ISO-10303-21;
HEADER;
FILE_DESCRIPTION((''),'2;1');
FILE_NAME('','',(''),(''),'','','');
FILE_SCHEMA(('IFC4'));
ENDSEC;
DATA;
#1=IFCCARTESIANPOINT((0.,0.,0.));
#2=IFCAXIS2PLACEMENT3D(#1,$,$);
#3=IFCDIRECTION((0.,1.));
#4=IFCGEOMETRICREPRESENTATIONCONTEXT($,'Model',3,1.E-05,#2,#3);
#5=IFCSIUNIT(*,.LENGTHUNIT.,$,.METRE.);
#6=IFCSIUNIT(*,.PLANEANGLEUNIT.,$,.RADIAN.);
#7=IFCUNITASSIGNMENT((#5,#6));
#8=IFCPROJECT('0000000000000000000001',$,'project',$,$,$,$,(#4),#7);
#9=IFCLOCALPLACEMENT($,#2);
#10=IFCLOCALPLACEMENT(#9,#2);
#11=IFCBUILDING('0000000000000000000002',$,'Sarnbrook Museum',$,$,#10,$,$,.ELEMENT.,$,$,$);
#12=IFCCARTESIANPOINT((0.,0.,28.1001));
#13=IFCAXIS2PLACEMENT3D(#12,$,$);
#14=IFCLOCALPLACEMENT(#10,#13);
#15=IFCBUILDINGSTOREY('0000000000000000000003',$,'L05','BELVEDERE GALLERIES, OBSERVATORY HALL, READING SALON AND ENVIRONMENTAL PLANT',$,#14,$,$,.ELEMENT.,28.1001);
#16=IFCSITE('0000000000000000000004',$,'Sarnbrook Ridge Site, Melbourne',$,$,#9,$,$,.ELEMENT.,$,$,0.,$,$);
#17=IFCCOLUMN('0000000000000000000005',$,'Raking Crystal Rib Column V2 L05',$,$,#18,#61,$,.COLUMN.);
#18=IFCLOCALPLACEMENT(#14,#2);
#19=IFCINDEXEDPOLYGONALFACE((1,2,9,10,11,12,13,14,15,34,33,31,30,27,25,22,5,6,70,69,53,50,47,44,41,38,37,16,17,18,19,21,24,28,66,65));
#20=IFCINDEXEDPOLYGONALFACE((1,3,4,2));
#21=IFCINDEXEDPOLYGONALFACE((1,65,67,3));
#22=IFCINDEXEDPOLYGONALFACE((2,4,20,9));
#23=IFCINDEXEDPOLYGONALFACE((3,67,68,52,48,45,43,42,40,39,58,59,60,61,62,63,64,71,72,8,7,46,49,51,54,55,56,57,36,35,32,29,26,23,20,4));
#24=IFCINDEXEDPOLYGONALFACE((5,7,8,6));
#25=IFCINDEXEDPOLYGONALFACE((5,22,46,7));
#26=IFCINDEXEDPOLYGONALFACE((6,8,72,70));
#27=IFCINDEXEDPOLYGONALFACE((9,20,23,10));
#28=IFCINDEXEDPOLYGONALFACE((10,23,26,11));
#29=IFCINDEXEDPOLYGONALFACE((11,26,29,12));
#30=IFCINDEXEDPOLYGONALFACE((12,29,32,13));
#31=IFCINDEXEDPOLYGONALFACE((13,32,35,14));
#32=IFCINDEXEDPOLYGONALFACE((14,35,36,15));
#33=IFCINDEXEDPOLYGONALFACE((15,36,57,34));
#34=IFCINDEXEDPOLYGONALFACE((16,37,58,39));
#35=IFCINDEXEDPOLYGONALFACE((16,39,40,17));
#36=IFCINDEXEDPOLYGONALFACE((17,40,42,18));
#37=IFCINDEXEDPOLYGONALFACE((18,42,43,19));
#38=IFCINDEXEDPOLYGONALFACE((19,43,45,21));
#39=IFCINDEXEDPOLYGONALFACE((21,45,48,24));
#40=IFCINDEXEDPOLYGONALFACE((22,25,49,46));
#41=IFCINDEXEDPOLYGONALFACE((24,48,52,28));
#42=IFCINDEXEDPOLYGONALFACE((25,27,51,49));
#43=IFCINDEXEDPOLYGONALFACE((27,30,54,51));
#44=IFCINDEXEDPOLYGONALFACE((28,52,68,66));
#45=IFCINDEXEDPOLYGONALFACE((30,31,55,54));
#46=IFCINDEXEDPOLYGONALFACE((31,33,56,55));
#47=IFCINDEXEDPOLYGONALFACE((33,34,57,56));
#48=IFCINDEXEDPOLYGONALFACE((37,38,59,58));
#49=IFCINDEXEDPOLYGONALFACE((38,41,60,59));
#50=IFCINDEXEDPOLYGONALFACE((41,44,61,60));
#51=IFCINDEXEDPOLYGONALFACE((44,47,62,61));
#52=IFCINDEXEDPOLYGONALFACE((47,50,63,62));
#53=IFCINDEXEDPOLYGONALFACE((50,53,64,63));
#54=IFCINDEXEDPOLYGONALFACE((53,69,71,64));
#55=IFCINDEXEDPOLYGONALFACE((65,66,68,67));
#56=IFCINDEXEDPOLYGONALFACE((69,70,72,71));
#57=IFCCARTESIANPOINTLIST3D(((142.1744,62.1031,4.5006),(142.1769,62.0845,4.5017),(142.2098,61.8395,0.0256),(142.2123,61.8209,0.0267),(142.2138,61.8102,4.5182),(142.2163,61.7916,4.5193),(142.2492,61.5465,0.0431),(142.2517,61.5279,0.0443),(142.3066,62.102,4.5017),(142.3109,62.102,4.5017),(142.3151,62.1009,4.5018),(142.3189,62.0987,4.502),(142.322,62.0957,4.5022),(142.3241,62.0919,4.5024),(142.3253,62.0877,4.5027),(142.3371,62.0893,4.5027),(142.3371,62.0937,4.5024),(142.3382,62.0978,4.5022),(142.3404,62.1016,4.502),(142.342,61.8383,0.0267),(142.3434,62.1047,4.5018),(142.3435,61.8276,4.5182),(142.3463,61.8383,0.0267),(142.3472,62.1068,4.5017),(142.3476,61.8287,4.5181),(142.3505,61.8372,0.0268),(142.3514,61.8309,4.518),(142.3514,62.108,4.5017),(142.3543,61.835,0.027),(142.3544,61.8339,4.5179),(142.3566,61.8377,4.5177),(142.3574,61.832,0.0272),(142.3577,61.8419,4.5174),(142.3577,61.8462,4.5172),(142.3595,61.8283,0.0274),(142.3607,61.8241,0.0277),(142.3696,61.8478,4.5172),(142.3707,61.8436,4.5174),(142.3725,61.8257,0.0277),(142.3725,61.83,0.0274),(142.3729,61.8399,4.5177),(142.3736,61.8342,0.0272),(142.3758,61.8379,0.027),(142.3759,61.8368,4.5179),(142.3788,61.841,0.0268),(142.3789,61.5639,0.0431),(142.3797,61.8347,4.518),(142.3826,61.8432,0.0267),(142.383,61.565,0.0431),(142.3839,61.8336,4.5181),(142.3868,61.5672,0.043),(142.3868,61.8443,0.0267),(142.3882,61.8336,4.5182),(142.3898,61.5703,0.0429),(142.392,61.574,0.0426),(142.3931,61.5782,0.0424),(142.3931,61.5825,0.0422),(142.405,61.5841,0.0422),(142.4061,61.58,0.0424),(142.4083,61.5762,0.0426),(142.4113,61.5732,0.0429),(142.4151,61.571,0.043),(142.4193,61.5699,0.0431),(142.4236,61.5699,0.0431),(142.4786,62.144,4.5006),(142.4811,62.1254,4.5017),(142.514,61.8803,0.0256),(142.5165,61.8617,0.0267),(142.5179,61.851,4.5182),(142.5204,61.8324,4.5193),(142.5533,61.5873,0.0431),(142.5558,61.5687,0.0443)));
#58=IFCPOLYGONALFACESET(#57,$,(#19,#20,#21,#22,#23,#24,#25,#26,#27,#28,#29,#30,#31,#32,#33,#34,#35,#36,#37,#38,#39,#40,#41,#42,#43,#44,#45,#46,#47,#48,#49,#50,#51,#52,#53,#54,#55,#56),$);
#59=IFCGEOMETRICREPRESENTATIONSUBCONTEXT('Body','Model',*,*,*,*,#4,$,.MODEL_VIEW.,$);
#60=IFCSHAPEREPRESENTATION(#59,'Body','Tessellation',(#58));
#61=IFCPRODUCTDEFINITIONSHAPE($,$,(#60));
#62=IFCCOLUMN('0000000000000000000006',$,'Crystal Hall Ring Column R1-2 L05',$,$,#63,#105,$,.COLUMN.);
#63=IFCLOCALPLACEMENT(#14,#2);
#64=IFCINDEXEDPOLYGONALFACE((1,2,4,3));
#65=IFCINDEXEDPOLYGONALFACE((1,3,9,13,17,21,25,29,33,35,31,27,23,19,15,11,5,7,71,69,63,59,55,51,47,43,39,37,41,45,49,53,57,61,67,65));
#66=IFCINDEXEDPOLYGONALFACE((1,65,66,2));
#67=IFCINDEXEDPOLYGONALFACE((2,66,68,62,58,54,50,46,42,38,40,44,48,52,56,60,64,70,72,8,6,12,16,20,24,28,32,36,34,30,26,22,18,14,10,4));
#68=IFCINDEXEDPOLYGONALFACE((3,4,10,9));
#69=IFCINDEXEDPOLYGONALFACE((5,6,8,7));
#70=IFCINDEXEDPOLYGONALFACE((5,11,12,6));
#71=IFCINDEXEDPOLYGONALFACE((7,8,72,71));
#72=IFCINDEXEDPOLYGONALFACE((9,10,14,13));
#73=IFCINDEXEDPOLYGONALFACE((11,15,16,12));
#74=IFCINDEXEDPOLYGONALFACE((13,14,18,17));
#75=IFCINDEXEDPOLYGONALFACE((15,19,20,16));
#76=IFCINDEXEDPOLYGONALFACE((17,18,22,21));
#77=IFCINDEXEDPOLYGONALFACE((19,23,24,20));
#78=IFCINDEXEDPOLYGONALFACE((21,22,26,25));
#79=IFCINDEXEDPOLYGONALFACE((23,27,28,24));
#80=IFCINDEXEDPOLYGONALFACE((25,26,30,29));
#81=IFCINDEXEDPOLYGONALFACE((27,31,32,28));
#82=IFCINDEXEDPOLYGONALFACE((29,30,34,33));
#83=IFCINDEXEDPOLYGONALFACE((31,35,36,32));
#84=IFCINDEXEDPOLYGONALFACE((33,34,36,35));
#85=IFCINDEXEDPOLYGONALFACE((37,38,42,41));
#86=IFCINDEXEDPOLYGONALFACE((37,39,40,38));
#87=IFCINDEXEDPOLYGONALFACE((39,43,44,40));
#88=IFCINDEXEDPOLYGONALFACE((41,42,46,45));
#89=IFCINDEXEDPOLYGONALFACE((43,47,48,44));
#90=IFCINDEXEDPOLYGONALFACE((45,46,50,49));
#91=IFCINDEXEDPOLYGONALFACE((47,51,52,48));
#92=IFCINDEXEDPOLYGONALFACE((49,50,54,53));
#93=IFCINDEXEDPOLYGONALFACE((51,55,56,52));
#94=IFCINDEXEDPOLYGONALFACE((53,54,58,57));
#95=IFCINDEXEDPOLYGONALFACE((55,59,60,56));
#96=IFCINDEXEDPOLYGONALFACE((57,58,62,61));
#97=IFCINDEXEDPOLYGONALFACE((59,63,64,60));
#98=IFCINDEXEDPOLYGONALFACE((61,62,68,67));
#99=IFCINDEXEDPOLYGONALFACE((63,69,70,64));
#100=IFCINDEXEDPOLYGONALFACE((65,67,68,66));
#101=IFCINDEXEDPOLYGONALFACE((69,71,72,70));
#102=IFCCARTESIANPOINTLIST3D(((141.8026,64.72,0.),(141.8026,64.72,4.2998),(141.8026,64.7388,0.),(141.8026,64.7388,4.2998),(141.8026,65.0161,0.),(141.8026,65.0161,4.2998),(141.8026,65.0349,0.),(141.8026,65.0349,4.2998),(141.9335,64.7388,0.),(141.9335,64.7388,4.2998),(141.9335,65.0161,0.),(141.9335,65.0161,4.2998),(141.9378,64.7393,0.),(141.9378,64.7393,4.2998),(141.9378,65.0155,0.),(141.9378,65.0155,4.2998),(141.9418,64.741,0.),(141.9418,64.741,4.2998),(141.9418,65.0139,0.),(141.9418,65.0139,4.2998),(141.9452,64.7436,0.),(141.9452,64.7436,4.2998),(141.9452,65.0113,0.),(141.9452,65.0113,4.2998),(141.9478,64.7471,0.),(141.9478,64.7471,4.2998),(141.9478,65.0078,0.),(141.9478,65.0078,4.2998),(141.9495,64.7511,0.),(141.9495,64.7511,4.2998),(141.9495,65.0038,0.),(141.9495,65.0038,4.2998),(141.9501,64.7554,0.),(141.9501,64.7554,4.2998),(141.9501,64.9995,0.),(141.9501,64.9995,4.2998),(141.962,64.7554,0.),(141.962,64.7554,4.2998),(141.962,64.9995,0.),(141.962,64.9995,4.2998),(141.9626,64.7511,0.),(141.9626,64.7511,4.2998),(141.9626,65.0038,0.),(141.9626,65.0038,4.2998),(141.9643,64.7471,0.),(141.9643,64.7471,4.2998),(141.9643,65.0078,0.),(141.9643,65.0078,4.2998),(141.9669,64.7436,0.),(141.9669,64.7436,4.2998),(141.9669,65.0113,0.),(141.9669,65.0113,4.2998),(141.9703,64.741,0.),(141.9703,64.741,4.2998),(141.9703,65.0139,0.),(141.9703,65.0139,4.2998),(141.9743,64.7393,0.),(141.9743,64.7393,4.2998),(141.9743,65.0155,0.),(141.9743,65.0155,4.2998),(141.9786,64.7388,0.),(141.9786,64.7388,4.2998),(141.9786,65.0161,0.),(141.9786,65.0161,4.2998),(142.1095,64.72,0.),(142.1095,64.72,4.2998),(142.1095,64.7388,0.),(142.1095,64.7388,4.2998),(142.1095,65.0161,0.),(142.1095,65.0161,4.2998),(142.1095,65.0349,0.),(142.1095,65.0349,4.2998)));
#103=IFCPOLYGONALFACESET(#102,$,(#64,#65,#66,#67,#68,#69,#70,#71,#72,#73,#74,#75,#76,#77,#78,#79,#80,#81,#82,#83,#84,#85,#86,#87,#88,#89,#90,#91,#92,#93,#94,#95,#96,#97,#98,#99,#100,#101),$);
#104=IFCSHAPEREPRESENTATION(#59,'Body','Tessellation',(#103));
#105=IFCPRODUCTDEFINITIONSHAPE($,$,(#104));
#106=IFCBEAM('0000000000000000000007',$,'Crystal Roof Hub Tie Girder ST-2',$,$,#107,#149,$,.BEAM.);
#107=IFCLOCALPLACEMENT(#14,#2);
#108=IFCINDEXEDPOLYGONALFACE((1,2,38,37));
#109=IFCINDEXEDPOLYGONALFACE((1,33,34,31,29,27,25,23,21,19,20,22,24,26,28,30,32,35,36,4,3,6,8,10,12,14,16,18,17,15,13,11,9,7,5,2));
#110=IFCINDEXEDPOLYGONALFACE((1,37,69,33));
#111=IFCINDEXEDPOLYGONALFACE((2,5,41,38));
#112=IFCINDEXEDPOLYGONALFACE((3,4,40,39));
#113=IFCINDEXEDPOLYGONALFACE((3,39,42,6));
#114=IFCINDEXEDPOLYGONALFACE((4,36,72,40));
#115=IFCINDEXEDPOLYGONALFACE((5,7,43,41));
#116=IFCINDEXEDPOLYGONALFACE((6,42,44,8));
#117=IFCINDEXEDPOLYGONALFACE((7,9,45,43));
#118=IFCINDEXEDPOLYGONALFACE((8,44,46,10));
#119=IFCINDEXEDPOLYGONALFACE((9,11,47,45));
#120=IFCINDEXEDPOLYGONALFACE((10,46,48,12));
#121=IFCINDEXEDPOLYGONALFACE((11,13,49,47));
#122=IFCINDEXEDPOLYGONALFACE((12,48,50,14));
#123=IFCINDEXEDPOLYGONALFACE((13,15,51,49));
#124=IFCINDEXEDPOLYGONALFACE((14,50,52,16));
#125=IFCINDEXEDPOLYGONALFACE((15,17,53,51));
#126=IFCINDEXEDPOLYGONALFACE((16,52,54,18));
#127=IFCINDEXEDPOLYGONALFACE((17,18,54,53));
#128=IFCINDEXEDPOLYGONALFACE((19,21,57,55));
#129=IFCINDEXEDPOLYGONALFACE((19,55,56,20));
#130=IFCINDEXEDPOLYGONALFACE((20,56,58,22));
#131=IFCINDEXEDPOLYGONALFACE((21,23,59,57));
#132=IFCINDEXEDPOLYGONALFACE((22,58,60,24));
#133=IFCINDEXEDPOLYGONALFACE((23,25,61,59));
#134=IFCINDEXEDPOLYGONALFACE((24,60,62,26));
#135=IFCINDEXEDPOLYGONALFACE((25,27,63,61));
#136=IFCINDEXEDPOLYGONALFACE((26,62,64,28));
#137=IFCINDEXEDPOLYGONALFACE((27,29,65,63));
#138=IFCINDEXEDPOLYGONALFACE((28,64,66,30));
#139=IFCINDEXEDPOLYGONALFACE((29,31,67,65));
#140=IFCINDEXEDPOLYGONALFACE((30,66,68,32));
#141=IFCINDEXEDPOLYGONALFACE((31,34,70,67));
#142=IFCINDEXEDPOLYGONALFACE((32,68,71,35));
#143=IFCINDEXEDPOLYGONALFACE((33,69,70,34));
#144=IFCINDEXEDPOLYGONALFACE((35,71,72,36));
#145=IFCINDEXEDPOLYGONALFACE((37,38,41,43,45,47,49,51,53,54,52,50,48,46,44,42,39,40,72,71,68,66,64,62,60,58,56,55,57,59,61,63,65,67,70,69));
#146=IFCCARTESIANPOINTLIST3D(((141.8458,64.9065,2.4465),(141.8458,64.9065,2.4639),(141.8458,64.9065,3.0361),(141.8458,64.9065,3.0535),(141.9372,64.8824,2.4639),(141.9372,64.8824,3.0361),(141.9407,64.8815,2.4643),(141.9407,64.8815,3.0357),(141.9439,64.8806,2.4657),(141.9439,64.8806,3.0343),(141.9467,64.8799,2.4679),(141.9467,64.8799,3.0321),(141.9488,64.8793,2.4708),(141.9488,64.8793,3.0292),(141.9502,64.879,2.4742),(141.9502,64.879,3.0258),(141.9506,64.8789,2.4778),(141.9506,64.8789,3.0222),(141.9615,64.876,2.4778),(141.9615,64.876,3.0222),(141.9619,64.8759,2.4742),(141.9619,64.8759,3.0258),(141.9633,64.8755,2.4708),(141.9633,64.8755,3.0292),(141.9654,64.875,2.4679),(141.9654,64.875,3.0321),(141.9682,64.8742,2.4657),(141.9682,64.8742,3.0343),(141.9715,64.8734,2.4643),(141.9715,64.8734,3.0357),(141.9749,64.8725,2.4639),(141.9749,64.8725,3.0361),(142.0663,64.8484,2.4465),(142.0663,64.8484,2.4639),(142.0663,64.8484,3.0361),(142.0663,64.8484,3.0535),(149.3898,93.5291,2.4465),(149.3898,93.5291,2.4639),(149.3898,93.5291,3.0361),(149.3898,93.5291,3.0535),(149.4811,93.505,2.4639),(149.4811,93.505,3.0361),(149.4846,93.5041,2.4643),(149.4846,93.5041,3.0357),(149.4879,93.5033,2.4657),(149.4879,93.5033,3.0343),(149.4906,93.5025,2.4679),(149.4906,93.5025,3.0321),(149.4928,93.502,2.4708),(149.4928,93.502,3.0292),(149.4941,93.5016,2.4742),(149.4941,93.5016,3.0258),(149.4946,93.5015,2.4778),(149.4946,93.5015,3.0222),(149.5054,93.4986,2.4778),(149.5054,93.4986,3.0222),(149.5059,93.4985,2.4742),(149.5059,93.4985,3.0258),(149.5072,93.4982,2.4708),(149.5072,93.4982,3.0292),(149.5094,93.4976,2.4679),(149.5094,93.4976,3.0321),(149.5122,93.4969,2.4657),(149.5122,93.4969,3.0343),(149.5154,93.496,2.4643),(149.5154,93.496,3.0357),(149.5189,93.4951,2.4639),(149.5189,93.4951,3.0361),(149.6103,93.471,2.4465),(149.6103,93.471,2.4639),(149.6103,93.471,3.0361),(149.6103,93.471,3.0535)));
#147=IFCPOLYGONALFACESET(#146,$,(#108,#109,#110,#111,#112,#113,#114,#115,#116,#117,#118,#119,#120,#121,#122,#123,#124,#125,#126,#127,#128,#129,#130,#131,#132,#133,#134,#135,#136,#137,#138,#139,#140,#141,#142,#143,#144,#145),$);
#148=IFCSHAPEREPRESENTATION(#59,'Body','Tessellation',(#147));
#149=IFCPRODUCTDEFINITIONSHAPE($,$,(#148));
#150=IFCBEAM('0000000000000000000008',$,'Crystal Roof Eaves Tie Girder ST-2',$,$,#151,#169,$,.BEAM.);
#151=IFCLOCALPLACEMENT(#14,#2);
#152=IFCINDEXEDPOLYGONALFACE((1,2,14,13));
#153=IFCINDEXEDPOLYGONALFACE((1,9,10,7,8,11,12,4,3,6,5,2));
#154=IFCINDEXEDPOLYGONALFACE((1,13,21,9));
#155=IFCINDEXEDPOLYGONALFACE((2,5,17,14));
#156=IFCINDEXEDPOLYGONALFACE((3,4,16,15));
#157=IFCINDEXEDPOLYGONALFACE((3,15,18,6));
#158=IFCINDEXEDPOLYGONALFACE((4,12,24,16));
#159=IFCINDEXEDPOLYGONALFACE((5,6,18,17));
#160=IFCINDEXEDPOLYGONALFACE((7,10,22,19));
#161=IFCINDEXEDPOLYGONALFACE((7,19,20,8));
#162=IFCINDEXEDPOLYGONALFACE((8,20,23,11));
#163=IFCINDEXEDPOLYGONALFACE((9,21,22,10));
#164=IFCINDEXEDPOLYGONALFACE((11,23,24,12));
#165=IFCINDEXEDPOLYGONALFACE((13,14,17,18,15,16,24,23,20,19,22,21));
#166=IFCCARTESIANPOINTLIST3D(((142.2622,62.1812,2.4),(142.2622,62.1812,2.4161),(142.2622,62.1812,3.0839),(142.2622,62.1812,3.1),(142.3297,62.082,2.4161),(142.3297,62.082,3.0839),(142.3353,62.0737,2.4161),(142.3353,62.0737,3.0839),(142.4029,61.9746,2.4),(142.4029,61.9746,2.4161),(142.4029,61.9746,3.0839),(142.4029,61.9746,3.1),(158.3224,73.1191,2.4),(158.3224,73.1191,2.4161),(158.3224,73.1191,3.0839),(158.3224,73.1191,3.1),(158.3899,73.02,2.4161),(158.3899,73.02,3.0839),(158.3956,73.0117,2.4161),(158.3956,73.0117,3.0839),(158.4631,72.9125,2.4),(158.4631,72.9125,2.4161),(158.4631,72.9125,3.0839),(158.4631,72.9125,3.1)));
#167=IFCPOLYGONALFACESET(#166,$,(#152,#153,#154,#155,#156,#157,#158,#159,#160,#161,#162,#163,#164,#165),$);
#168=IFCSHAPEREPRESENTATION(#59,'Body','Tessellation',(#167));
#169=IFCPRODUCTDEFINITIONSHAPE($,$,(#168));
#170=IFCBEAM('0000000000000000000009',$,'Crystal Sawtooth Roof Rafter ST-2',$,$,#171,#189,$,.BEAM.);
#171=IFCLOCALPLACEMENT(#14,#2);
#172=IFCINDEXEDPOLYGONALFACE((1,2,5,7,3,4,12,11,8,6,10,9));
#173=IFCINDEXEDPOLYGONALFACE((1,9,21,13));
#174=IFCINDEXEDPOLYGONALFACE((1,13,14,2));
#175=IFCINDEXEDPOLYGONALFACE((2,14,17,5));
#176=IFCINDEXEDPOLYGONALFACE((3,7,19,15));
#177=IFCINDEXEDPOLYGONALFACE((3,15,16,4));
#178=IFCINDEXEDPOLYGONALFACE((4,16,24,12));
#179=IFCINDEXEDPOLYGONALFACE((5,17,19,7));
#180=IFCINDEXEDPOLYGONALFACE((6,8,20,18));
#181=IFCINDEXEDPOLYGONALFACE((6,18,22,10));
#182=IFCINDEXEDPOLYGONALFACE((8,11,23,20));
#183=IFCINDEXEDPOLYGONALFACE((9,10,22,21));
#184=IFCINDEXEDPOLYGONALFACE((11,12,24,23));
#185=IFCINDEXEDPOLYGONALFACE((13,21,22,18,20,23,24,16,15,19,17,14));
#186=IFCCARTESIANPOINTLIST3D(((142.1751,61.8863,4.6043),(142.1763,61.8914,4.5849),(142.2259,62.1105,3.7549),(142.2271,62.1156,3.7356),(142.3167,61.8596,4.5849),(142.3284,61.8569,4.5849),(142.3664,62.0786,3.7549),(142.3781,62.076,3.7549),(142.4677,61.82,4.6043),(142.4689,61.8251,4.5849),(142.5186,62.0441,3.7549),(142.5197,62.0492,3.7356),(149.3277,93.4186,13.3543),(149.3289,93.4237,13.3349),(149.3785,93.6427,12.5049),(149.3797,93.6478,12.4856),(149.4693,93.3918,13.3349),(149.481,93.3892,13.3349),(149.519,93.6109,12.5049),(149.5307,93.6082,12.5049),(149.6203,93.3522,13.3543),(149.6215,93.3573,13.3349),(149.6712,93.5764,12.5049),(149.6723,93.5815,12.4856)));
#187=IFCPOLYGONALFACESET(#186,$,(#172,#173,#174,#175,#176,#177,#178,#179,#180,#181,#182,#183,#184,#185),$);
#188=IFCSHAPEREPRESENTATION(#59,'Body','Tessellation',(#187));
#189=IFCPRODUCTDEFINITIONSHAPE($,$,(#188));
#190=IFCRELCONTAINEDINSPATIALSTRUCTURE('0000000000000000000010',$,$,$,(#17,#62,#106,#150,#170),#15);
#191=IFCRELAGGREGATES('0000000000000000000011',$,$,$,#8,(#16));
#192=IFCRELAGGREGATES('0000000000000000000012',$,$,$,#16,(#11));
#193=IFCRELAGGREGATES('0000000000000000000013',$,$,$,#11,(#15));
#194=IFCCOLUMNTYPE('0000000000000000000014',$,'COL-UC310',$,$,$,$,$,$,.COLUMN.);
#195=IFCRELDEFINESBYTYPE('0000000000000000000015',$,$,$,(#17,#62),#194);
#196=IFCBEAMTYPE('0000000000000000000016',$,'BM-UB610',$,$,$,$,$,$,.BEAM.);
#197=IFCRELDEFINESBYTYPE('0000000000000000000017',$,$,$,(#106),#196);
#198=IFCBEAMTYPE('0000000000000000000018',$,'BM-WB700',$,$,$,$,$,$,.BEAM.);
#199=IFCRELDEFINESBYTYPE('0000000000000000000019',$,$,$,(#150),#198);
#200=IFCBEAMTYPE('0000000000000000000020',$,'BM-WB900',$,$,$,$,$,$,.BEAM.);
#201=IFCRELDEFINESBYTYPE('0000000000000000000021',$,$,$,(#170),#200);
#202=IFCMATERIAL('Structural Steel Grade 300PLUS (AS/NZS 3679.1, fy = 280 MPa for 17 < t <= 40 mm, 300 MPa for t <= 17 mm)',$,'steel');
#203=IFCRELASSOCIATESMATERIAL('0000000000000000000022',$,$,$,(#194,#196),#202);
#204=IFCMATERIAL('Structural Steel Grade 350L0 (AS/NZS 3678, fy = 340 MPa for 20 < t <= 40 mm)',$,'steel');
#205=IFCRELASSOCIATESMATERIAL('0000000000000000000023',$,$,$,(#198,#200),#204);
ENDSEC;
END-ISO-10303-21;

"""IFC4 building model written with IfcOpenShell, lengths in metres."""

from ifc_helpers import new_model, si_unit, direction, frame, origin, origin_2d, place, context, subcontext, project, spatial, i_section, extrude, material, material_profile, profile_set, type_object, element, save


model = new_model("IFC4")

# Units and contexts
model_context = context("Model", 3, precision=1e-05, world=origin(), true_north=direction((0.0, 1.0)))
body_context = subcontext(model_context, "Body", "Model", "MODEL_VIEW")
ifc_project = project(units=[si_unit("LENGTHUNIT", "METRE"), si_unit("PLANEANGLEUNIT", "RADIAN")], contexts=[model_context])

# Site, building, storey
site_placement = place(None, origin())
site = spatial("IfcSite", under=ifc_project, at=site_placement, Name="Sarnbrook Ridge Site, Melbourne", CompositionType="ELEMENT", RefElevation=0.0)
building_placement = place(site_placement, origin())
building = spatial("IfcBuilding", under=site, at=building_placement, Name="Sarnbrook Museum", CompositionType="ELEMENT")
storey_placement = place(building_placement, frame((0.0, 0.0, 28.1001)))
storey = spatial("IfcBuildingStorey", under=building, at=storey_placement, Name="L05", Description="BELVEDERE GALLERIES, OBSERVATORY HALL, READING SALON AND ENVIRONMENTAL PLANT", CompositionType="ELEMENT", Elevation=28.1001)

# Columns
ifc_material_1 = material(Name="Structural Steel Grade 300PLUS (AS/NZS 3679.1, fy = 280 MPa for 17 < t <= 40 mm, 300 MPa for t <= 17 mm)", Category="steel")
ifc_material_profile_1 = material_profile(ifc_material_1, i_section(OverallWidth=0.3069, OverallDepth=0.3149, WebThickness=0.012, FlangeThickness=0.0188, FilletRadius=0.0166, at=origin_2d()), Name="310UC118")
ifc_profile_set_1 = profile_set([ifc_material_profile_1], Name="Structural Steel Grade 300PLUS (AS/NZS 3679.1, fy = 280 MPa for 17 < t <= 40 mm, 300 MPa for t <= 17 mm)")
column_type = type_object("IfcColumnType", Name="COL-UC310", PredefinedType="COLUMN", material=ifc_profile_set_1)
column_1_placement = place(storey_placement, frame((142.3828, 61.7041, 0.0349), z_axis=(-0.007897, 0.058816, 0.998238), x_axis=(-0.991107, -0.133065, 0.0)))
element("IfcColumn", 1, at=column_1_placement, inside=storey, type_object=column_type, Name="Raking Crystal Rib Column V2 L05", PredefinedType="COLUMN", context=body_context, shape_type="SweptSolid", body=[
    extrude(i_section(OverallWidth=0.3069, OverallDepth=0.3149, WebThickness=0.012, FlangeThickness=0.0188, FilletRadius=0.0166, at=origin_2d()), origin(), (0.0, 0.0, 1.0), 4.4829),
])
column_2_placement = place(storey_placement, frame((141.9561, 64.8774, 0.0), z_axis=(0.0, 0.0, 1.0), x_axis=(1.0, 0.0, 0.0)))
element("IfcColumn", 2, at=column_2_placement, inside=storey, type_object=column_type, Name="Crystal Hall Ring Column R1-2 L05", PredefinedType="COLUMN", context=body_context, shape_type="SweptSolid", body=[
    extrude(i_section(OverallWidth=0.3069, OverallDepth=0.3149, WebThickness=0.012, FlangeThickness=0.0188, FilletRadius=0.0166, at=origin_2d()), origin(), (0.0, 0.0, 1.0), 4.2998),
])

# Beams
ifc_material_profile_2 = material_profile(ifc_material_1, i_section(OverallWidth=0.228, OverallDepth=0.6069, WebThickness=0.0112, FlangeThickness=0.0173, FilletRadius=0.0139, at=origin_2d()), Name="610UB113")
ifc_profile_set_2 = profile_set([ifc_material_profile_2], Name="Structural Steel Grade 300PLUS (AS/NZS 3679.1, fy = 280 MPa for 17 < t <= 40 mm, 300 MPa for t <= 17 mm)")
beam_type_1 = type_object("IfcBeamType", Name="BM-UB610", PredefinedType="BEAM", material=ifc_profile_set_2)
beam_1_placement = place(storey_placement, frame((141.9561, 64.8774, 2.75), z_axis=(0.254863, 0.966977, 0.0), x_axis=(-0.966977, 0.254863, 0.0)))
element("IfcBeam", 3, at=beam_1_placement, inside=storey, type_object=beam_type_1, Name="Crystal Roof Hub Tie Girder ST-2", PredefinedType="BEAM", context=body_context, shape_type="SweptSolid", body=[
    extrude(i_section(OverallWidth=0.228, OverallDepth=0.6069, WebThickness=0.0112, FlangeThickness=0.0173, FilletRadius=0.0139, at=origin_2d()), origin(), (0.0, 0.0, 1.0), 29.6001),
])
ifc_material_2 = material(Name="Structural Steel Grade 350L0 (AS/NZS 3678, fy = 340 MPa for 20 < t <= 40 mm)", Category="steel")
ifc_material_profile_3 = material_profile(ifc_material_2, i_section(OverallWidth=0.25, OverallDepth=0.7, WebThickness=0.01, FlangeThickness=0.0161, at=origin_2d()), Name="700WB130")
ifc_profile_set_3 = profile_set([ifc_material_profile_3], Name="Structural Steel Grade 350L0 (AS/NZS 3678, fy = 340 MPa for 20 < t <= 40 mm)")
beam_type_2 = type_object("IfcBeamType", Name="BM-WB700", PredefinedType="BEAM", material=ifc_profile_set_3)
beam_2_placement = place(storey_placement, frame((142.3325, 62.0779, 2.75), z_axis=(0.82652, 0.562908, 0.0), x_axis=(-0.562908, 0.82652, 0.0)))
element("IfcBeam", 4, at=beam_2_placement, inside=storey, type_object=beam_type_2, Name="Crystal Roof Eaves Tie Girder ST-2", PredefinedType="BEAM", context=body_context, shape_type="SweptSolid", body=[
    extrude(i_section(OverallWidth=0.25, OverallDepth=0.7, WebThickness=0.01, FlangeThickness=0.0161, at=origin_2d()), origin(), (0.0, 0.0, 1.0), 19.4312),
])
ifc_material_profile_4 = material_profile(ifc_material_2, i_section(OverallWidth=0.3, OverallDepth=0.8999, WebThickness=0.012, FlangeThickness=0.02, at=origin_2d()), Name="900WB175")
ifc_profile_set_4 = profile_set([ifc_material_profile_4], Name="Structural Steel Grade 350L0 (AS/NZS 3678, fy = 340 MPa for 20 < t <= 40 mm)")
beam_type_3 = type_object("IfcBeamType", Name="BM-WB900", PredefinedType="BEAM", material=ifc_profile_set_4)
beam_3_placement = place(storey_placement, frame((142.3474, 61.9678, 4.1699), z_axis=(0.213534, 0.941364, 0.261223), x_axis=(-0.975225, 0.221214, 0.0)))
element("IfcBeam", 5, at=beam_3_placement, inside=storey, type_object=beam_type_3, Name="Crystal Sawtooth Roof Rafter ST-2", PredefinedType="BEAM", context=body_context, shape_type="SweptSolid", body=[
    extrude(i_section(OverallWidth=0.3, OverallDepth=0.8999, WebThickness=0.012, FlangeThickness=0.02, at=origin_2d()), origin(), (0.0, 0.0, 1.0), 33.4963),
])

save(model, "model.ifc")
